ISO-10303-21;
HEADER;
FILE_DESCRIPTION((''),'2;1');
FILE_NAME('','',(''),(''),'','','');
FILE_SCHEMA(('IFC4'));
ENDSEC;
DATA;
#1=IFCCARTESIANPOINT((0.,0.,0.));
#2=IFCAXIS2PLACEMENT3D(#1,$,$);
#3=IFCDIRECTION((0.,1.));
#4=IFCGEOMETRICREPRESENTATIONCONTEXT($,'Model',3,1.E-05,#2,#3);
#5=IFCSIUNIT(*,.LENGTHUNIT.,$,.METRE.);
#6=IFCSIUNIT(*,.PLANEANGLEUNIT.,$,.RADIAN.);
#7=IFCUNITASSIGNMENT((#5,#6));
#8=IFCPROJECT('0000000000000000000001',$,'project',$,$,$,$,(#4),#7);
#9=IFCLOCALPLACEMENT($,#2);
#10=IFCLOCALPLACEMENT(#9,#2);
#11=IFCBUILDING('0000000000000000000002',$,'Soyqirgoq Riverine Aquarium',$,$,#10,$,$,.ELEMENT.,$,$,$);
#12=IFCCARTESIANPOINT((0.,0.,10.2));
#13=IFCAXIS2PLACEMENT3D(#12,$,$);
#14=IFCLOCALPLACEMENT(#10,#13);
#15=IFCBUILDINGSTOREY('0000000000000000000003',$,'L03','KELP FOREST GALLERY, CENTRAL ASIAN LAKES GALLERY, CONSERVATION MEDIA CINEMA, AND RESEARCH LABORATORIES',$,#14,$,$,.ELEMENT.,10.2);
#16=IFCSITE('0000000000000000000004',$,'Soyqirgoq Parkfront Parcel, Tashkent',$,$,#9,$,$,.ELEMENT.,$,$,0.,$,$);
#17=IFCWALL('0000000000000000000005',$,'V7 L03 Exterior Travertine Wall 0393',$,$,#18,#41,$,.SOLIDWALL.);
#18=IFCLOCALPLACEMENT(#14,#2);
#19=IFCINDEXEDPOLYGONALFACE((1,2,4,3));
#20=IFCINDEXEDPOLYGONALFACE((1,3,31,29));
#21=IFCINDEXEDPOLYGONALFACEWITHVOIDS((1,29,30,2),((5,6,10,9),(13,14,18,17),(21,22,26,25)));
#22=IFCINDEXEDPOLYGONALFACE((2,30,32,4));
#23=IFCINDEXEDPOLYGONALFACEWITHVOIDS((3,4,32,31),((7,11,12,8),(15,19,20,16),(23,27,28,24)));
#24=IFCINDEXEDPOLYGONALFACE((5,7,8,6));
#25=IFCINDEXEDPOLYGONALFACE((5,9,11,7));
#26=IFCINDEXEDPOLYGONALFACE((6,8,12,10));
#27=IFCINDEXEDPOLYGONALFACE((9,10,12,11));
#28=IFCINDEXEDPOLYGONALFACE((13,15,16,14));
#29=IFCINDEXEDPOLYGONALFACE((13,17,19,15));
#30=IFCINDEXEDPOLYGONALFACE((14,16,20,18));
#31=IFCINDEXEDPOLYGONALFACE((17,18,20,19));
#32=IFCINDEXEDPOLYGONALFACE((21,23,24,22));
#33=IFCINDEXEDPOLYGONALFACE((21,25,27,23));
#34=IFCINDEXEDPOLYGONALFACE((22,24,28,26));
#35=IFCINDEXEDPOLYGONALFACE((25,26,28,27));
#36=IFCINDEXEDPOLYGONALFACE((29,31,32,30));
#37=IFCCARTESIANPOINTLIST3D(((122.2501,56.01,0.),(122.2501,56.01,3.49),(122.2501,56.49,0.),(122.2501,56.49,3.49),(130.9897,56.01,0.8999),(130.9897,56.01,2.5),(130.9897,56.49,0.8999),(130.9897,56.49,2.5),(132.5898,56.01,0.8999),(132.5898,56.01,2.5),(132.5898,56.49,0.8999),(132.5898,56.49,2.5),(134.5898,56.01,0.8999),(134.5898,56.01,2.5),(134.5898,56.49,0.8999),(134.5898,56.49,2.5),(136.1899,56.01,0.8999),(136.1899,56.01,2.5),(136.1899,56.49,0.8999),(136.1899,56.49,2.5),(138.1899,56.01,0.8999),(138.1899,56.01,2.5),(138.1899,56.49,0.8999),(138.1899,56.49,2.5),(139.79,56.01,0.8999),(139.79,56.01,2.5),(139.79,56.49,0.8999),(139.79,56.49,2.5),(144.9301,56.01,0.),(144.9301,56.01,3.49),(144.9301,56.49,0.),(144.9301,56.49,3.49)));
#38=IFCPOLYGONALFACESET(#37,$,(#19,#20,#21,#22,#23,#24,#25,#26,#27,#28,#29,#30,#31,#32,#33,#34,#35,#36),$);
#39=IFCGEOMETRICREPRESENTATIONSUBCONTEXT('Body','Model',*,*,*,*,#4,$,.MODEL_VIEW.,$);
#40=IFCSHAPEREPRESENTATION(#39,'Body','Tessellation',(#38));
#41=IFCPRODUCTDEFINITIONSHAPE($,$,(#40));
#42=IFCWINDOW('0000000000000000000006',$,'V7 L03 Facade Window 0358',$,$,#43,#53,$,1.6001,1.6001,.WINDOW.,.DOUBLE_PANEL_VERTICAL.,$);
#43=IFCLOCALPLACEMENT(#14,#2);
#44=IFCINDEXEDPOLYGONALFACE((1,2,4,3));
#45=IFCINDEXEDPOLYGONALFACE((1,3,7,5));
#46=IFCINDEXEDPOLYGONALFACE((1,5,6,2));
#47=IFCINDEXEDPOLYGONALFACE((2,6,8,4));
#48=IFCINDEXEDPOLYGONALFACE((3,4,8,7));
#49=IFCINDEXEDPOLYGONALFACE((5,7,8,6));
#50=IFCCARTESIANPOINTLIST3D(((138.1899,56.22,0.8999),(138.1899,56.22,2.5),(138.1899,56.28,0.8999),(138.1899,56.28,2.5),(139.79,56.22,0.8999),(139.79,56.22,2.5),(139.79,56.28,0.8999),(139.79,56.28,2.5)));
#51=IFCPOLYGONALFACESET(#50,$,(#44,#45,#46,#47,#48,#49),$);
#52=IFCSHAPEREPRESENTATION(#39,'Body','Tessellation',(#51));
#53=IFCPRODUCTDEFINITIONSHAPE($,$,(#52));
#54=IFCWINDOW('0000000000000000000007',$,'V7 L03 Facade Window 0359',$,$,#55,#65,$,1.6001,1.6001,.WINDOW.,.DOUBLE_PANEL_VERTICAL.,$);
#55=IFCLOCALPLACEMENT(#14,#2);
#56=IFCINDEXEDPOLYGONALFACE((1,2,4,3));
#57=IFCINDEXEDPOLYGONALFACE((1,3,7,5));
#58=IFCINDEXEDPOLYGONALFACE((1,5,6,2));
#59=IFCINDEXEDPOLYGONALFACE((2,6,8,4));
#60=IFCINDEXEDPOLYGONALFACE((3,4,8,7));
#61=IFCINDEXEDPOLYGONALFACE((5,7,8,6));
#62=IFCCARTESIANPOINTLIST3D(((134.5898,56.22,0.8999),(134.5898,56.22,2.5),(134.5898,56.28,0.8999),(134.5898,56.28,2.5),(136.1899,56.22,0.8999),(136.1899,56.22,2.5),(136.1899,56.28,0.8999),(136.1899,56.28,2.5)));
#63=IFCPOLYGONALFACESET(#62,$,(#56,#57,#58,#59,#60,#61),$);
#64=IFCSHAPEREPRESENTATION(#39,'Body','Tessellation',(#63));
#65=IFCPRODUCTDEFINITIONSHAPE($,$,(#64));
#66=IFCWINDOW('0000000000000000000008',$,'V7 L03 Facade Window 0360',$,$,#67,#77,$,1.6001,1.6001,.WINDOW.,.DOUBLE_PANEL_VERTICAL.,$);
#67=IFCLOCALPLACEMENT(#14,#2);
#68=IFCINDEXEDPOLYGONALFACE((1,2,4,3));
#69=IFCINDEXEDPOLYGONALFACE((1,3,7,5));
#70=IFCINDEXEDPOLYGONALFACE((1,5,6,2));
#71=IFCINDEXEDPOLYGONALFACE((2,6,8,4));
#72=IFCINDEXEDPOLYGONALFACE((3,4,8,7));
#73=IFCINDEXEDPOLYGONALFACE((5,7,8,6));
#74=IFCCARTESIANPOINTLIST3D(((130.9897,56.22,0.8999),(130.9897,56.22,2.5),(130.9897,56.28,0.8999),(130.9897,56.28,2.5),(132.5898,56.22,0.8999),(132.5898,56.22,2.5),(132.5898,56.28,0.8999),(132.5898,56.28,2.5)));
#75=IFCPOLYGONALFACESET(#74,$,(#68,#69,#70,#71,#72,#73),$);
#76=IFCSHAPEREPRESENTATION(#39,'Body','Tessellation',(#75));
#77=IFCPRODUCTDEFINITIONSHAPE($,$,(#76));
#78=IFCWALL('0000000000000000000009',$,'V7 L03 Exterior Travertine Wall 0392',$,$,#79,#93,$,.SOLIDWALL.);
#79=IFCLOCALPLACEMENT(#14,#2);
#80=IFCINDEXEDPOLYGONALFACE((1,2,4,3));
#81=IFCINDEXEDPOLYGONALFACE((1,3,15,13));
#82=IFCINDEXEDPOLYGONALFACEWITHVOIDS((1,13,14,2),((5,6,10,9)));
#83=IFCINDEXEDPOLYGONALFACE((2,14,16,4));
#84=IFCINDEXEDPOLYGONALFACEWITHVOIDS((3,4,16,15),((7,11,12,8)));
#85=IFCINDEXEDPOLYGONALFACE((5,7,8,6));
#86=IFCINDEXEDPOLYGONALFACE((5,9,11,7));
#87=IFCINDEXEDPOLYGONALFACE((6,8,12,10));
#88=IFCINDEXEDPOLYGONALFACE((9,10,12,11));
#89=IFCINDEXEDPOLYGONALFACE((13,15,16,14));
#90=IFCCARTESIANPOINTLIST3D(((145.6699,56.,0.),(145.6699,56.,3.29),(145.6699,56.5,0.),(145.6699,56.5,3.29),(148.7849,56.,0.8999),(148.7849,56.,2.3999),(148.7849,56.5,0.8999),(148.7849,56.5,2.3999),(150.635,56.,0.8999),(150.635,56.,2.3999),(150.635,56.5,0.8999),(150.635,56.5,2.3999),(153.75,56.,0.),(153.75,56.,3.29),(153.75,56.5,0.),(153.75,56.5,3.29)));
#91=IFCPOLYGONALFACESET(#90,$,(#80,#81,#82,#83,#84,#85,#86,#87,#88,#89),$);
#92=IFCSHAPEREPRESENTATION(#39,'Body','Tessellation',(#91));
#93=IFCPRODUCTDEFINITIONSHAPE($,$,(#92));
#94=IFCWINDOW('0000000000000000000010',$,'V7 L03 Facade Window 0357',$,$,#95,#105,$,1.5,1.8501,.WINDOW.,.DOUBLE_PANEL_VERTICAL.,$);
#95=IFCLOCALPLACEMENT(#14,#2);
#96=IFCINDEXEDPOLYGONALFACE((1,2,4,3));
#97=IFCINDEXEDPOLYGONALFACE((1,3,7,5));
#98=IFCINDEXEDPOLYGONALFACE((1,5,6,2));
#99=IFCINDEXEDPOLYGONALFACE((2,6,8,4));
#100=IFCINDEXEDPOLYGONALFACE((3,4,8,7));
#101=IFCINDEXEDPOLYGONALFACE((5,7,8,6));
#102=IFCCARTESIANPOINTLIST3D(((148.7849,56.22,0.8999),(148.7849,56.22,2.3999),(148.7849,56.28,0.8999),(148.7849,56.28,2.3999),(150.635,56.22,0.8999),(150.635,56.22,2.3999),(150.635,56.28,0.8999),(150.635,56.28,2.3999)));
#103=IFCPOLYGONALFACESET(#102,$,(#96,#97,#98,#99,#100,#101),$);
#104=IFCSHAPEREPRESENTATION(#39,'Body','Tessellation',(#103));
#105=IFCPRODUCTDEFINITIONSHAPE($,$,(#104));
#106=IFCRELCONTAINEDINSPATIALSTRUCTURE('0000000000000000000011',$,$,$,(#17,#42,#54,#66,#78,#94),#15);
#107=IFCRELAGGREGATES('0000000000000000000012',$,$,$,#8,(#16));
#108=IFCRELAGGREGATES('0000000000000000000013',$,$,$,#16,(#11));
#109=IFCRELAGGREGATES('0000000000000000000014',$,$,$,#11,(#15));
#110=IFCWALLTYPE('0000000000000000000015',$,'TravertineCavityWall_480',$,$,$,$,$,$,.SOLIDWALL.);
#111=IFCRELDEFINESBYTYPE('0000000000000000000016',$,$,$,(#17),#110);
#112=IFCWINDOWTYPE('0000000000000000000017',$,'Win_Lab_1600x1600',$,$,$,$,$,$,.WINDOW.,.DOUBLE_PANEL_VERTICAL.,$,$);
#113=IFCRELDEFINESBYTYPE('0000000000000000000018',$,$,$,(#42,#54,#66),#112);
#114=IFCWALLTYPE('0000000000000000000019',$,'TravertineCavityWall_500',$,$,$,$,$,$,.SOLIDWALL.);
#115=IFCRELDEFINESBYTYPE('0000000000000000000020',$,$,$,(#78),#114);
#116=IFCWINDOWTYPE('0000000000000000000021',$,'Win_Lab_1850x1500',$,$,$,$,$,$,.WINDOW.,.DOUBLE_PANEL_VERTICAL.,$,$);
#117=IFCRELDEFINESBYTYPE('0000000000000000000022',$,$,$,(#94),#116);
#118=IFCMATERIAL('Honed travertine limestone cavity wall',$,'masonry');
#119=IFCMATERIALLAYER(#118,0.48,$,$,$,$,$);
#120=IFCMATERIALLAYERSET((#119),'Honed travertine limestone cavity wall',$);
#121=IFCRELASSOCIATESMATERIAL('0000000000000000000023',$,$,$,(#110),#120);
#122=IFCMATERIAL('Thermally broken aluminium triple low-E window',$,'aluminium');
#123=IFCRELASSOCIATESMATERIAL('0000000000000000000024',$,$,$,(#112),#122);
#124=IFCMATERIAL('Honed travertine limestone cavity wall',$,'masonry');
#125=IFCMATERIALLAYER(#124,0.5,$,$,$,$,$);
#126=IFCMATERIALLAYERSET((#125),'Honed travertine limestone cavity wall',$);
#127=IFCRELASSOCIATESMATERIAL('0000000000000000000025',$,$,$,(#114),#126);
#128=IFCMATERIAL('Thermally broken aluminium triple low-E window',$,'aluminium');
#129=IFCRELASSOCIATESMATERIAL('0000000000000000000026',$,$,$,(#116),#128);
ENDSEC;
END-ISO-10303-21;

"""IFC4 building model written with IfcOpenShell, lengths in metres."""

from ifc_helpers import new_model, si_unit, direction, frame, frame_2d, origin, place, context, subcontext, project, spatial, rectangle, extrude, material, layer, layer_set, type_object, element, fill, save


model = new_model("IFC4")

# Units and contexts
model_context = context("Model", 3, precision=1e-05, world=origin(), true_north=direction((0.0, 1.0)))
body_context = subcontext(model_context, "Body", "Model", "MODEL_VIEW")
ifc_project = project(units=[si_unit("LENGTHUNIT", "METRE"), si_unit("PLANEANGLEUNIT", "RADIAN")], contexts=[model_context])

# Site, building, storey
site_placement = place(None, origin())
site = spatial("IfcSite", under=ifc_project, at=site_placement, Name="Soyqirgoq Parkfront Parcel, Tashkent", CompositionType="ELEMENT", RefElevation=0.0)
building_placement = place(site_placement, origin())
building = spatial("IfcBuilding", under=site, at=building_placement, Name="Soyqirgoq Riverine Aquarium", CompositionType="ELEMENT")
storey_placement = place(building_placement, frame((0.0, 0.0, 10.2)))
storey = spatial("IfcBuildingStorey", under=building, at=storey_placement, Name="L03", Description="KELP FOREST GALLERY, CENTRAL ASIAN LAKES GALLERY, CONSERVATION MEDIA CINEMA, AND RESEARCH LABORATORIES", CompositionType="ELEMENT", Elevation=10.2)

# Wall, openings, windows
ifc_material_1 = material(Name="Honed travertine limestone cavity wall", Category="masonry")
ifc_layer_1 = layer(ifc_material_1, 0.48)
ifc_layer_set_1 = layer_set([ifc_layer_1], Name="Honed travertine limestone cavity wall")
wall_type_1 = type_object("IfcWallType", Name="TravertineCavityWall_480", PredefinedType="SOLIDWALL", material=ifc_layer_set_1)
wall_1_placement = place(storey_placement, frame((144.9299, 56.25, 0.0), z_axis=(0.0, 0.0, 1.0), x_axis=(-1.0, 0.0, 0.0)))
wall_1 = element("IfcWall", 1, at=wall_1_placement, inside=storey, type_object=wall_type_1, Name="V7 L03 Exterior Travertine Wall 0393", PredefinedType="SOLIDWALL", context=body_context, shape_type="SweptSolid", body=[
    extrude(rectangle(XDim=22.6799, YDim=0.48, at=frame_2d((11.3398, 0.0))), origin(), (0.0, 0.0, 1.0), 3.49),
])
opening_1_placement = place(wall_1_placement, frame((5.1399, 0.0, 0.8999)))
opening_1 = element("IfcOpeningElement", 2, at=opening_1_placement, cuts=wall_1, PredefinedType="OPENING", context=body_context, shape_type="SweptSolid", body=[
    extrude(rectangle(XDim=1.6001, YDim=1.6001, at=frame_2d((0.8, 0.8))), frame((0.0, 0.25, 0.0), z_axis=(0.0, -1.0, 0.0), x_axis=(1.0, 0.0, 0.0)), (0.0, 0.0, 1.0), 0.5),
])
opening_2_placement = place(wall_1_placement, frame((8.74, 0.0, 0.8999)))
opening_2 = element("IfcOpeningElement", 3, at=opening_2_placement, cuts=wall_1, PredefinedType="OPENING", context=body_context, shape_type="SweptSolid", body=[
    extrude(rectangle(XDim=1.6001, YDim=1.6001, at=frame_2d((0.8, 0.8))), frame((0.0, 0.25, 0.0), z_axis=(0.0, -1.0, 0.0), x_axis=(1.0, 0.0, 0.0)), (0.0, 0.0, 1.0), 0.5),
])
opening_3_placement = place(wall_1_placement, frame((12.3401, 0.0, 0.8999)))
opening_3 = element("IfcOpeningElement", 4, at=opening_3_placement, cuts=wall_1, PredefinedType="OPENING", context=body_context, shape_type="SweptSolid", body=[
    extrude(rectangle(XDim=1.6001, YDim=1.6001, at=frame_2d((0.8, 0.8))), frame((0.0, 0.25, 0.0), z_axis=(0.0, -1.0, 0.0), x_axis=(1.0, 0.0, 0.0)), (0.0, 0.0, 1.0), 0.5),
])
ifc_material_2 = material(Name="Thermally broken aluminium triple low-E window", Category="aluminium")
window_type_1 = type_object("IfcWindowType", Name="Win_Lab_1600x1600", PartitioningType="DOUBLE_PANEL_VERTICAL", PredefinedType="WINDOW", material=ifc_material_2)
window_1_placement = place(opening_1_placement, origin())
window_1 = element("IfcWindow", 5, at=window_1_placement, inside=storey, type_object=window_type_1, Name="V7 L03 Facade Window 0358", OverallHeight=1.6001, OverallWidth=1.6001, PartitioningType="DOUBLE_PANEL_VERTICAL", PredefinedType="WINDOW", context=body_context, shape_type="SweptSolid", body=[
    extrude(rectangle(XDim=1.6001, YDim=1.6001, at=frame_2d((0.8, 0.8))), frame((0.0, 0.03, 0.0), z_axis=(0.0, -1.0, 0.0), x_axis=(1.0, 0.0, 0.0)), (0.0, 0.0, 1.0), 0.0601),
])
fill(opening_1, window_1)
window_2_placement = place(opening_2_placement, origin())
window_2 = element("IfcWindow", 6, at=window_2_placement, inside=storey, type_object=window_type_1, Name="V7 L03 Facade Window 0359", OverallHeight=1.6001, OverallWidth=1.6001, PartitioningType="DOUBLE_PANEL_VERTICAL", PredefinedType="WINDOW", context=body_context, shape_type="SweptSolid", body=[
    extrude(rectangle(XDim=1.6001, YDim=1.6001, at=frame_2d((0.8, 0.8))), frame((0.0, 0.03, 0.0), z_axis=(0.0, -1.0, 0.0), x_axis=(1.0, 0.0, 0.0)), (0.0, 0.0, 1.0), 0.0601),
])
fill(opening_2, window_2)
window_3_placement = place(opening_3_placement, origin())
window_3 = element("IfcWindow", 7, at=window_3_placement, inside=storey, type_object=window_type_1, Name="V7 L03 Facade Window 0360", OverallHeight=1.6001, OverallWidth=1.6001, PartitioningType="DOUBLE_PANEL_VERTICAL", PredefinedType="WINDOW", context=body_context, shape_type="SweptSolid", body=[
    extrude(rectangle(XDim=1.6001, YDim=1.6001, at=frame_2d((0.8, 0.8))), frame((0.0, 0.03, 0.0), z_axis=(0.0, -1.0, 0.0), x_axis=(1.0, 0.0, 0.0)), (0.0, 0.0, 1.0), 0.0601),
])
fill(opening_3, window_3)

# Wall, opening, window
ifc_material_3 = material(Name="Honed travertine limestone cavity wall", Category="masonry")
ifc_layer_2 = layer(ifc_material_3, 0.5)
ifc_layer_set_2 = layer_set([ifc_layer_2], Name="Honed travertine limestone cavity wall")
wall_type_2 = type_object("IfcWallType", Name="TravertineCavityWall_500", PredefinedType="SOLIDWALL", material=ifc_layer_set_2)
wall_2_placement = place(storey_placement, frame((153.75, 56.25, 0.0), z_axis=(0.0, 0.0, 1.0), x_axis=(-1.0, 0.0, 0.0)))
wall_2 = element("IfcWall", 8, at=wall_2_placement, inside=storey, type_object=wall_type_2, Name="V7 L03 Exterior Travertine Wall 0392", PredefinedType="SOLIDWALL", context=body_context, shape_type="SweptSolid", body=[
    extrude(rectangle(XDim=8.0801, YDim=0.5, at=frame_2d((4.04, 0.0))), origin(), (0.0, 0.0, 1.0), 3.29),
])
opening_4_placement = place(wall_2_placement, frame((3.115, 0.0, 0.8999)))
opening_4 = element("IfcOpeningElement", 9, at=opening_4_placement, cuts=wall_2, PredefinedType="OPENING", context=body_context, shape_type="SweptSolid", body=[
    extrude(rectangle(XDim=1.8501, YDim=1.5, at=frame_2d((0.925, 0.75))), frame((0.0, 0.26, 0.0), z_axis=(0.0, -1.0, 0.0), x_axis=(1.0, 0.0, 0.0)), (0.0, 0.0, 1.0), 0.52),
])
ifc_material_4 = material(Name="Thermally broken aluminium triple low-E window", Category="aluminium")
window_type_2 = type_object("IfcWindowType", Name="Win_Lab_1850x1500", PartitioningType="DOUBLE_PANEL_VERTICAL", PredefinedType="WINDOW", material=ifc_material_4)
window_4_placement = place(opening_4_placement, origin())
window_4 = element("IfcWindow", 10, at=window_4_placement, inside=storey, type_object=window_type_2, Name="V7 L03 Facade Window 0357", OverallHeight=1.5, OverallWidth=1.8501, PartitioningType="DOUBLE_PANEL_VERTICAL", PredefinedType="WINDOW", context=body_context, shape_type="SweptSolid", body=[
    extrude(rectangle(XDim=1.8501, YDim=1.5, at=frame_2d((0.925, 0.75))), frame((0.0, 0.03, 0.0), z_axis=(0.0, -1.0, 0.0), x_axis=(1.0, 0.0, 0.0)), (0.0, 0.0, 1.0), 0.0601),
])
fill(opening_4, window_4)

save(model, "model.ifc")
